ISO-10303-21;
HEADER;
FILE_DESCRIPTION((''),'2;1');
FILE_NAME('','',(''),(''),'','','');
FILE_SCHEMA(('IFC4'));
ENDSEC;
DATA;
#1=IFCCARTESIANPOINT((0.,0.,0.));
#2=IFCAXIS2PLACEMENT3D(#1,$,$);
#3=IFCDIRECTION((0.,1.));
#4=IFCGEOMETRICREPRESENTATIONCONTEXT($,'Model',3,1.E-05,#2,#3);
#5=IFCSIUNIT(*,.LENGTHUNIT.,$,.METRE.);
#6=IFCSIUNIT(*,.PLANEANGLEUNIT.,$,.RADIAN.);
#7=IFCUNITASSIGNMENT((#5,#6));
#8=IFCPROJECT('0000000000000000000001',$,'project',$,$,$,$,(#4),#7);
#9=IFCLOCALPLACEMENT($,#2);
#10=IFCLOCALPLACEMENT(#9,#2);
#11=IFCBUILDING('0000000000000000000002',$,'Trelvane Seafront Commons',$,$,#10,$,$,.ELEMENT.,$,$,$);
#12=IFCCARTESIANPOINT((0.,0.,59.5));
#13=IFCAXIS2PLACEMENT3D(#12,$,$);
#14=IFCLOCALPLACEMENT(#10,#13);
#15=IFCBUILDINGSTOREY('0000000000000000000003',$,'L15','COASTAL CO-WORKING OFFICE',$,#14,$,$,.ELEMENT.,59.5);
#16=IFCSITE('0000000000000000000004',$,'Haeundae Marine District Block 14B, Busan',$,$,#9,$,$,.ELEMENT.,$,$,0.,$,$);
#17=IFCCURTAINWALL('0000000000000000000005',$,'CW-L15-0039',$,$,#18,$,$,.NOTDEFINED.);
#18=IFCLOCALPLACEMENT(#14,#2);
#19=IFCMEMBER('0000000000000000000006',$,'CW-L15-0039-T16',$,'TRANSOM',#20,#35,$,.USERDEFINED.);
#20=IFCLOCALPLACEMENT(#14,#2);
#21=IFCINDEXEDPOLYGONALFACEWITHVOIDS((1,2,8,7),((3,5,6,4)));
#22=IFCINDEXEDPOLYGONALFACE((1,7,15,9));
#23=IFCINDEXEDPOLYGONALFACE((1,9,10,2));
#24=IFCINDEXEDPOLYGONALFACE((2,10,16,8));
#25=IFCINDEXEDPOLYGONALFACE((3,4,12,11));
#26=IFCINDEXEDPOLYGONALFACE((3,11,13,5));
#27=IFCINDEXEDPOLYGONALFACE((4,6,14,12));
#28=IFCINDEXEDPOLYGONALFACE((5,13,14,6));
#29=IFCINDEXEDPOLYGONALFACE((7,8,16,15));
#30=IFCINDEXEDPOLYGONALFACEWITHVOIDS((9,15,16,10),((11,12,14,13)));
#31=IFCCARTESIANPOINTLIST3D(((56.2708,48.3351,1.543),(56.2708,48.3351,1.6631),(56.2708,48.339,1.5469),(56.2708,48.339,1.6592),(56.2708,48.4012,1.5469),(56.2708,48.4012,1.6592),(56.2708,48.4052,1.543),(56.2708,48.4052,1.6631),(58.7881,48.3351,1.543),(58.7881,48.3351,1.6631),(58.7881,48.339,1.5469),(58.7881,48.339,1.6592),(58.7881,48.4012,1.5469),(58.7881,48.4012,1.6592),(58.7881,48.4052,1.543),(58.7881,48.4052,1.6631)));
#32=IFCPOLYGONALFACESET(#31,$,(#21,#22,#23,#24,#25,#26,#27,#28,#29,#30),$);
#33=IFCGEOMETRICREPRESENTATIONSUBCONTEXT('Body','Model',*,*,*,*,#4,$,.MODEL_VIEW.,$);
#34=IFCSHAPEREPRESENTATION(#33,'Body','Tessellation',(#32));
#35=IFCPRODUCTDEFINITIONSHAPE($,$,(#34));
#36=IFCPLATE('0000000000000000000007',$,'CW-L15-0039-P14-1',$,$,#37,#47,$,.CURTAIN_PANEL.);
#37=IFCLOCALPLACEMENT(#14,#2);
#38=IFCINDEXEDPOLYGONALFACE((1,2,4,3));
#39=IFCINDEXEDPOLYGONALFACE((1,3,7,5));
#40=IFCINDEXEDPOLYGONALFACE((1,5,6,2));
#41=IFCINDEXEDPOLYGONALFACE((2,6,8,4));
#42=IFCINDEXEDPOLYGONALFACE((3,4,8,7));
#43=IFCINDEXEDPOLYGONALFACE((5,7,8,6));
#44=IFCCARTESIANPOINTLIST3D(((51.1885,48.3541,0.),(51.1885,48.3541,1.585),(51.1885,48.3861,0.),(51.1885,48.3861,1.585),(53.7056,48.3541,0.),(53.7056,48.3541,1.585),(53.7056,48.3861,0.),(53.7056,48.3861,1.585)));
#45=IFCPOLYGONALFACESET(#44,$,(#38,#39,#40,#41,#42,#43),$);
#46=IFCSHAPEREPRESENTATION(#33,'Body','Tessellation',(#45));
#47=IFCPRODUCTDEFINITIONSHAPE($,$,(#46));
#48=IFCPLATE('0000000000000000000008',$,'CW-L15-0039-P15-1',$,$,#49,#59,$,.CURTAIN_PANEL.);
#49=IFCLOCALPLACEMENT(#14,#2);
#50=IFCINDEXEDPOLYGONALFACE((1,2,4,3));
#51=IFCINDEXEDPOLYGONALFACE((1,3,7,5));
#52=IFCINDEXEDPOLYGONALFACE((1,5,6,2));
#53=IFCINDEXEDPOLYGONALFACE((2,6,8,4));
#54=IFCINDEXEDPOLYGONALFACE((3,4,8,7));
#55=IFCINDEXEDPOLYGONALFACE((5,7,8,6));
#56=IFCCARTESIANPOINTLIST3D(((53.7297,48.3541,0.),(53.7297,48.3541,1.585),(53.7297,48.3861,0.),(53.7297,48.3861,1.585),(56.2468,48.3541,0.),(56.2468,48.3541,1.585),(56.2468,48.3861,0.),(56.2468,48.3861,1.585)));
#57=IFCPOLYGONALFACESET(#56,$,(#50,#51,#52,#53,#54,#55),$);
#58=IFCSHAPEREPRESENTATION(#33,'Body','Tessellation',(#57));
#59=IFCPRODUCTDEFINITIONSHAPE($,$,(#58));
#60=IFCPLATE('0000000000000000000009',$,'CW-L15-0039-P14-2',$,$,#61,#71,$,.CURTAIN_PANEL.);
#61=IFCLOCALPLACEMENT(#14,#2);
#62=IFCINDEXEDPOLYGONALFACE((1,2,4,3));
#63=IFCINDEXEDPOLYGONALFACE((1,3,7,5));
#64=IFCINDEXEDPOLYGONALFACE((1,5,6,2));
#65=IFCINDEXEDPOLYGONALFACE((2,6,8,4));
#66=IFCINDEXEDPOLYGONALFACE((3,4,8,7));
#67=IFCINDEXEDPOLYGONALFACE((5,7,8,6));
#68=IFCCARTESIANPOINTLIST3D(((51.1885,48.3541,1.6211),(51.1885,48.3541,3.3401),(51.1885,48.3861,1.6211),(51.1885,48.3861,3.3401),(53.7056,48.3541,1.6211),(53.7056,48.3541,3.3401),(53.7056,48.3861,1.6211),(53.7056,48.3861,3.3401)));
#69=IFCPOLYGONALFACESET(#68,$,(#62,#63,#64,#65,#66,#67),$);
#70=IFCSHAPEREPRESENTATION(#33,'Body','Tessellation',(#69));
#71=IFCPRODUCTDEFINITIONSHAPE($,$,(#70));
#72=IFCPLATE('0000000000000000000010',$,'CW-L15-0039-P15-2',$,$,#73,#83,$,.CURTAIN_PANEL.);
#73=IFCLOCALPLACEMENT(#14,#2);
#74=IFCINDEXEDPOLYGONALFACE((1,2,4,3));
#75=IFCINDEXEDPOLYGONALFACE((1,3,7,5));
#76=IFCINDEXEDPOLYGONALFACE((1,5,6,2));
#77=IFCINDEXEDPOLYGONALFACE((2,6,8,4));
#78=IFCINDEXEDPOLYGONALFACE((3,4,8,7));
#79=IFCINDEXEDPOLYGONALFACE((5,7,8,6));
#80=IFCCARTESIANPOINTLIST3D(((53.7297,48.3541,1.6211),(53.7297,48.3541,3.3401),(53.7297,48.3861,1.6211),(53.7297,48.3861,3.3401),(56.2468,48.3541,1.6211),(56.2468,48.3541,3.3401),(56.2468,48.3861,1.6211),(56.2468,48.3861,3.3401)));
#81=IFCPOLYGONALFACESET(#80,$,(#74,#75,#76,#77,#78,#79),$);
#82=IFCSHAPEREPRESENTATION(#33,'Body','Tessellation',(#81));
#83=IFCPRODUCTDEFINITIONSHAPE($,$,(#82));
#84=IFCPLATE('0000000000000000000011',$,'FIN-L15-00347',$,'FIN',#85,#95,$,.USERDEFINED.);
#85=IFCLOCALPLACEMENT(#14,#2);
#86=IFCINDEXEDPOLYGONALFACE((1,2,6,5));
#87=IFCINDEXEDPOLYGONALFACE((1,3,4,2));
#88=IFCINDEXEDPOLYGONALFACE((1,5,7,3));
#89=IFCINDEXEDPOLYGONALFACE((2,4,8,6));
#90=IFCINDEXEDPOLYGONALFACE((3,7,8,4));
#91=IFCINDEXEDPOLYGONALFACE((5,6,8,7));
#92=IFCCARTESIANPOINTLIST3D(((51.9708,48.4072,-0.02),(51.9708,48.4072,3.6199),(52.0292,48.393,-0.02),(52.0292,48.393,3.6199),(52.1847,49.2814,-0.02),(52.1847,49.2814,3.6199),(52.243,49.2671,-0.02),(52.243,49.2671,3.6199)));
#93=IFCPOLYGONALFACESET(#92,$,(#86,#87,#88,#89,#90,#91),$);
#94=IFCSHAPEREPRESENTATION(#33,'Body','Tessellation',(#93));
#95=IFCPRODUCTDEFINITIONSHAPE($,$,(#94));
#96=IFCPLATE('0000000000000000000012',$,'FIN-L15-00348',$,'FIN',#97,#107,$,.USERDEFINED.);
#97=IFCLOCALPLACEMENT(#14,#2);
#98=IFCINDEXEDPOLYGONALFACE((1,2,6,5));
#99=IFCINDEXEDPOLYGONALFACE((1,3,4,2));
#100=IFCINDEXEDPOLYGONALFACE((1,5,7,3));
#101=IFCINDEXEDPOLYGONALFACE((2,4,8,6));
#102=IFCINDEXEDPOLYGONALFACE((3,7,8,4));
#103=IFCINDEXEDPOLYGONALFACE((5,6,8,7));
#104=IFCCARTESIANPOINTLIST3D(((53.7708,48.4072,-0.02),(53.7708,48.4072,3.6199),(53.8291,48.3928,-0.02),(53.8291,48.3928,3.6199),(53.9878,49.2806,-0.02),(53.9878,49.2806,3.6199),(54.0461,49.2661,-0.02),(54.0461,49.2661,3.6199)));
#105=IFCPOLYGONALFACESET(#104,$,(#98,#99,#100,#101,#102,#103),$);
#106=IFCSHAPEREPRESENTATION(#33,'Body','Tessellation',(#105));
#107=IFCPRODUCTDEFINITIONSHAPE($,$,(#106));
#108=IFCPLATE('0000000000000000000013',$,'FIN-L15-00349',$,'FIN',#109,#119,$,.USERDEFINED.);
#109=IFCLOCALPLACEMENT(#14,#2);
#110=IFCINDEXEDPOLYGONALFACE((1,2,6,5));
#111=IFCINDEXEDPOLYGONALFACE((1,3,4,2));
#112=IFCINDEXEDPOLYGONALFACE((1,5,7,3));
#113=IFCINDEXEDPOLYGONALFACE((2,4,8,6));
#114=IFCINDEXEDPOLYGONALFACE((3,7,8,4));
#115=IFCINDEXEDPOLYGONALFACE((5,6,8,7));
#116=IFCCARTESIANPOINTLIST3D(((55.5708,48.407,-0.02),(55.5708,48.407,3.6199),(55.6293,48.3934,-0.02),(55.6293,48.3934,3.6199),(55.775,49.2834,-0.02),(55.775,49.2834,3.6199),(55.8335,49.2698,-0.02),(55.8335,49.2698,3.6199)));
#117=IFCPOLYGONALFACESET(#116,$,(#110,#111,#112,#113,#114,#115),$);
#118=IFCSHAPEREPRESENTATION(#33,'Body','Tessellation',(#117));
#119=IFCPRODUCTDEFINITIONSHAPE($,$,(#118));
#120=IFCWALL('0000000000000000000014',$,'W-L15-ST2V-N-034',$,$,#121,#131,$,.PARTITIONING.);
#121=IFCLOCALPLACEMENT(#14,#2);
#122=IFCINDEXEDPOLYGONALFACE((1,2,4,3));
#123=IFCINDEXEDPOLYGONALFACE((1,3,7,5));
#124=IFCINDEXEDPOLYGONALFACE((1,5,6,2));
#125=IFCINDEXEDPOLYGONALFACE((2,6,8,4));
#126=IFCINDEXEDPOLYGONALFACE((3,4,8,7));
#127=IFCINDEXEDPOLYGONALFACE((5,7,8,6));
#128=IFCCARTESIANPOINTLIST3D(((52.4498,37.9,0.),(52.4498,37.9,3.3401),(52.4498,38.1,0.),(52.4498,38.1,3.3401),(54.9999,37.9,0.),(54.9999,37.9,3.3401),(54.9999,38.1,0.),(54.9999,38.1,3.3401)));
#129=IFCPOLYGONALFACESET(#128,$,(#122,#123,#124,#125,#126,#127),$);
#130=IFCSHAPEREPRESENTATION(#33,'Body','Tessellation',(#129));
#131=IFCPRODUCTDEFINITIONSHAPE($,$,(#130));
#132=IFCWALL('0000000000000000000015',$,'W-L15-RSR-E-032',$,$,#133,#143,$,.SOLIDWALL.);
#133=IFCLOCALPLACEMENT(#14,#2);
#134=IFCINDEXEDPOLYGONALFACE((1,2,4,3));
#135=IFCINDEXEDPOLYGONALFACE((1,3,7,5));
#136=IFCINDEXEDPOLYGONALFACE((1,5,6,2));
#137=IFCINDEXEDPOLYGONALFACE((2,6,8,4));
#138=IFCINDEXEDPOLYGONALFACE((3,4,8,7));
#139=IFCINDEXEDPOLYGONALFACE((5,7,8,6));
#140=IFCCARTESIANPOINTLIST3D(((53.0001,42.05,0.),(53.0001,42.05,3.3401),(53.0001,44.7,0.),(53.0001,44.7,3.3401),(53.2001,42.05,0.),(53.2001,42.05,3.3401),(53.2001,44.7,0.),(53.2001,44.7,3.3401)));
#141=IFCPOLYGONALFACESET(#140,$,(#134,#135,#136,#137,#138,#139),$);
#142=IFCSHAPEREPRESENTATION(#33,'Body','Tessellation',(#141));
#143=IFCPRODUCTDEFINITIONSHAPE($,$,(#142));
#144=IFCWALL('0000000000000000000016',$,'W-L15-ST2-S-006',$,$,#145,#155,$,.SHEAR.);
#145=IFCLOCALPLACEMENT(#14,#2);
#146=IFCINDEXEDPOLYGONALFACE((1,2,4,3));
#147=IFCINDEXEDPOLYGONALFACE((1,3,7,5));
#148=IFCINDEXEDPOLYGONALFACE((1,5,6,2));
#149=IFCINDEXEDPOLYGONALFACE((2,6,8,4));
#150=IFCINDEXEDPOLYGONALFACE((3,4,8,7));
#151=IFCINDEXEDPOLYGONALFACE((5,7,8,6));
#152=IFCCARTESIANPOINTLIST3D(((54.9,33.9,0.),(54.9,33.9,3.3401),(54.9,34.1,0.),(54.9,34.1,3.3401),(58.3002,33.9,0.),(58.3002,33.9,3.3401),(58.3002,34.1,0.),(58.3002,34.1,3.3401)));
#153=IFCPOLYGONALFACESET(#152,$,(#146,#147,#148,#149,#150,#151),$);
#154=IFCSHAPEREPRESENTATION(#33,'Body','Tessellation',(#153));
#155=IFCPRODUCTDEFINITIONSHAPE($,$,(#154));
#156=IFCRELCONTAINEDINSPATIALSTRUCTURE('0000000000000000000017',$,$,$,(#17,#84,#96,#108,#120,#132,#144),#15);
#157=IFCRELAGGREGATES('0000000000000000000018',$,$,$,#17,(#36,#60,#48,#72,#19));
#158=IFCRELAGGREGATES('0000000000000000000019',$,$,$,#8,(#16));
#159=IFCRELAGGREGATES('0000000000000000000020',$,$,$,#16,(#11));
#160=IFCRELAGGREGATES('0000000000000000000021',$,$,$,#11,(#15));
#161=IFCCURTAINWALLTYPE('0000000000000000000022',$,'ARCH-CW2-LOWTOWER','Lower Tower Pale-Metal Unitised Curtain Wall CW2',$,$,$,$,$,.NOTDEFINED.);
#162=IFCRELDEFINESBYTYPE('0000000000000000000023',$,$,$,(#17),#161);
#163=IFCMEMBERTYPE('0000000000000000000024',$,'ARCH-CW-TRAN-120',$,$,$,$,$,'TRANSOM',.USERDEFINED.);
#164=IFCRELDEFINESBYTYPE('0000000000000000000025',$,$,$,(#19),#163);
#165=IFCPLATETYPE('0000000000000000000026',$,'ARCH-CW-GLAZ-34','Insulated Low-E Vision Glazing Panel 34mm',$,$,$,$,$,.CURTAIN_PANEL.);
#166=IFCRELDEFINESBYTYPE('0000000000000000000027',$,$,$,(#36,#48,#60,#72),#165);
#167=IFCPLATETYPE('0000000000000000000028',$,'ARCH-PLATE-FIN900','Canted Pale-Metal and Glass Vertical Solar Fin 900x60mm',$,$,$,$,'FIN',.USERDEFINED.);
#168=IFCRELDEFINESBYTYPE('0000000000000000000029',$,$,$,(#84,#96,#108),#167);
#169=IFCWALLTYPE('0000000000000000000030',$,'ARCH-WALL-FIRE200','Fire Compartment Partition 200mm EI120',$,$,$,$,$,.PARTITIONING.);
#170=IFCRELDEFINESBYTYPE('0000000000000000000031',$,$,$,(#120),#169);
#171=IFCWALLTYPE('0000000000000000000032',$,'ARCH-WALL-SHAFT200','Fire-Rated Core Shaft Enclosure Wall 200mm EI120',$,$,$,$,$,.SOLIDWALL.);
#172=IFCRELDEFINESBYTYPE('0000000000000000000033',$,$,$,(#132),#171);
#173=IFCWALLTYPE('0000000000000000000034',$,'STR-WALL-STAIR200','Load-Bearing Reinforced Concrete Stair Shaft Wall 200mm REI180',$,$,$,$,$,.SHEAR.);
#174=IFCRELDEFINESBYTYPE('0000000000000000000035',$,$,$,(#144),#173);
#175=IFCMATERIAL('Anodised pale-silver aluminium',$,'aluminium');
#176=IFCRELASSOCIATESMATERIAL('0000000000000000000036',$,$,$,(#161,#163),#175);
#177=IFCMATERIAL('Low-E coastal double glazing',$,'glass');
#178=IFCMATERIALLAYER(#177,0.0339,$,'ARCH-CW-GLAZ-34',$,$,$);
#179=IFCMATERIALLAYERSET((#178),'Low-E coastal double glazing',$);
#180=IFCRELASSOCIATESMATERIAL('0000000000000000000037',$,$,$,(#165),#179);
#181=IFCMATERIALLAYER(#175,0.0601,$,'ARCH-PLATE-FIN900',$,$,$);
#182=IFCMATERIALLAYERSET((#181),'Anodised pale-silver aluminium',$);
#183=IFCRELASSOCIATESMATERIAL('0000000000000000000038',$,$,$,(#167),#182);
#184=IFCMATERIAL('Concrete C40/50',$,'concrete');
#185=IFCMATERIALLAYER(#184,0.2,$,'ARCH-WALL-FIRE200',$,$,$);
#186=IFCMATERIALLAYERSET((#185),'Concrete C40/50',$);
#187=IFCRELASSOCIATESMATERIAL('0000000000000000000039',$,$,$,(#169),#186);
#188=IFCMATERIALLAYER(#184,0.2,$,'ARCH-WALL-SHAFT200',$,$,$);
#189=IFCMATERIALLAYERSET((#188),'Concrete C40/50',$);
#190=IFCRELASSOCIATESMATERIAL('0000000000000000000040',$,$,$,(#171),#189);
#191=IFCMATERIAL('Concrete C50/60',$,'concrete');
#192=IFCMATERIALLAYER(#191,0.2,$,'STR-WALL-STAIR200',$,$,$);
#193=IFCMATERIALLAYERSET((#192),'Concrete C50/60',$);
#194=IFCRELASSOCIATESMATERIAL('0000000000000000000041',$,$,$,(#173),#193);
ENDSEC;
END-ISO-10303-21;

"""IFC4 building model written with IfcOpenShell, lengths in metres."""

from ifc_helpers import new_model, si_unit, direction, frame, frame_2d, origin, origin_2d, place, context, subcontext, project, spatial, rectangle, hollow_rectangle, extrude, source, transform, mapped, material, layer, layer_set, material_profile, profile_set, type_object, element, aggregate, save


model = new_model("IFC4")

# Units and contexts
model_context = context("Model", 3, precision=1e-05, world=origin(), true_north=direction((0.0, 1.0)))
body_context = subcontext(model_context, "Body", "Model", "MODEL_VIEW")
ifc_project = project(units=[si_unit("LENGTHUNIT", "METRE"), si_unit("PLANEANGLEUNIT", "RADIAN")], contexts=[model_context])

# Site, building, storey
site_placement = place(None, origin())
site = spatial("IfcSite", under=ifc_project, at=site_placement, Name="Haeundae Marine District Block 14B, Busan", CompositionType="ELEMENT", RefElevation=0.0)
building_placement = place(site_placement, origin())
building = spatial("IfcBuilding", under=site, at=building_placement, Name="Trelvane Seafront Commons", CompositionType="ELEMENT")
storey_placement = place(building_placement, frame((0.0, 0.0, 59.5)))
storey = spatial("IfcBuildingStorey", under=building, at=storey_placement, Name="L15", Description="COASTAL CO-WORKING OFFICE", CompositionType="ELEMENT", Elevation=59.5)

# Curtain wall, member, plates
ifc_material_1 = material(Name="Anodised pale-silver aluminium", Category="aluminium")
curtain_wall_type = type_object("IfcCurtainWallType", Name="ARCH-CW2-LOWTOWER", Description="Lower Tower Pale-Metal Unitised Curtain Wall CW2", PredefinedType="NOTDEFINED", material=ifc_material_1)
curtain_wall_placement = place(storey_placement, origin())
curtain_wall = element("IfcCurtainWall", 1, at=curtain_wall_placement, inside=storey, type_object=curtain_wall_type, Name="CW-L15-0039", PredefinedType="NOTDEFINED")
ifc_material_profile_1 = material_profile(ifc_material_1, hollow_rectangle(XDim=0.0701, YDim=0.1201, WallThickness=0.0039, at=origin_2d()), Name="TRAN-70x120x4")
ifc_profile_set_1 = profile_set([ifc_material_profile_1], Name="Anodised pale-silver aluminium")
member_type_1 = type_object("IfcMemberType", Name="ARCH-CW-TRAN-120", ElementType="TRANSOM", PredefinedType="USERDEFINED", material=ifc_profile_set_1)
shared_shape_1 = source(origin(), body_context, "Body", "SweptSolid", [
    extrude(hollow_rectangle(XDim=0.0701, YDim=0.1201, WallThickness=0.0039, at=origin_2d()), origin(), (0.0, 0.0, 1.0), 2.5173),
])
member_1_placement = place(storey_placement, frame((56.2708, 48.3701, 1.603), z_axis=(1.0, 0.0, 0.0), x_axis=(0.0, 1.0, 0.0)))
member_1 = element("IfcMember", 2, at=member_1_placement, type_object=member_type_1, Name="CW-L15-0039-T16", ObjectType="TRANSOM", PredefinedType="USERDEFINED", context=body_context, shape_type="MappedRepresentation", body=[
    mapped(shared_shape_1, transform((0.0, 0.0, 0.0), x_axis=(1.0, 0.0, 0.0), y_axis=(0.0, 1.0, 0.0), z_axis=(0.0, 0.0, 1.0), scale=1.0)),
])
ifc_material_2 = material(Name="Low-E coastal double glazing", Category="glass")
ifc_layer_1 = layer(ifc_material_2, 0.0339, Name="ARCH-CW-GLAZ-34")
ifc_layer_set_1 = layer_set([ifc_layer_1], Name="Low-E coastal double glazing")
plate_type_1 = type_object("IfcPlateType", Name="ARCH-CW-GLAZ-34", Description="Insulated Low-E Vision Glazing Panel 34mm", PredefinedType="CURTAIN_PANEL", material=ifc_layer_set_1)
shared_shape_2 = source(origin(), body_context, "Body", "SweptSolid", [
    extrude(rectangle(XDim=2.5171, YDim=0.032, at=origin_2d()), origin(), (0.0, 0.0, 1.0), 1.585),
])
plate_1_placement = place(storey_placement, frame((52.447, 48.3701, 0.0), z_axis=(0.0, 0.0, 1.0), x_axis=(1.0, 0.0, 0.0)))
plate_1 = element("IfcPlate", 3, at=plate_1_placement, type_object=plate_type_1, Name="CW-L15-0039-P14-1", PredefinedType="CURTAIN_PANEL", context=body_context, shape_type="MappedRepresentation", body=[
    mapped(shared_shape_2, transform((0.0, 0.0, 0.0), x_axis=(1.0, 0.0, 0.0), y_axis=(0.0, 1.0, 0.0), z_axis=(0.0, 0.0, 1.0), scale=1.0)),
])
plate_2_placement = place(storey_placement, frame((54.9883, 48.3701, 0.0), z_axis=(0.0, 0.0, 1.0), x_axis=(1.0, 0.0, 0.0)))
plate_2 = element("IfcPlate", 4, at=plate_2_placement, type_object=plate_type_1, Name="CW-L15-0039-P15-1", PredefinedType="CURTAIN_PANEL", context=body_context, shape_type="MappedRepresentation", body=[
    mapped(shared_shape_2, transform((0.0, 0.0, 0.0), x_axis=(1.0, 0.0, 0.0), y_axis=(0.0, 1.0, 0.0), z_axis=(0.0, 0.0, 1.0), scale=1.0)),
])
shared_shape_3 = source(origin(), body_context, "Body", "SweptSolid", [
    extrude(rectangle(XDim=2.5171, YDim=0.032, at=origin_2d()), origin(), (0.0, 0.0, 1.0), 1.719),
])
plate_3_placement = place(storey_placement, frame((52.447, 48.3701, 1.6211), z_axis=(0.0, 0.0, 1.0), x_axis=(1.0, 0.0, 0.0)))
plate_3 = element("IfcPlate", 5, at=plate_3_placement, type_object=plate_type_1, Name="CW-L15-0039-P14-2", PredefinedType="CURTAIN_PANEL", context=body_context, shape_type="MappedRepresentation", body=[
    mapped(shared_shape_3, transform((0.0, 0.0, 0.0), x_axis=(1.0, 0.0, 0.0), y_axis=(0.0, 1.0, 0.0), z_axis=(0.0, 0.0, 1.0), scale=1.0)),
])
plate_4_placement = place(storey_placement, frame((54.9883, 48.3701, 1.6211), z_axis=(0.0, 0.0, 1.0), x_axis=(1.0, 0.0, 0.0)))
plate_4 = element("IfcPlate", 6, at=plate_4_placement, type_object=plate_type_1, Name="CW-L15-0039-P15-2", PredefinedType="CURTAIN_PANEL", context=body_context, shape_type="MappedRepresentation", body=[
    mapped(shared_shape_3, transform((0.0, 0.0, 0.0), x_axis=(1.0, 0.0, 0.0), y_axis=(0.0, 1.0, 0.0), z_axis=(0.0, 0.0, 1.0), scale=1.0)),
])
aggregate(curtain_wall, [plate_1, plate_3, plate_2, plate_4, member_1])

# Plates
ifc_layer_2 = layer(ifc_material_1, 0.0601, Name="ARCH-PLATE-FIN900")
ifc_layer_set_2 = layer_set([ifc_layer_2], Name="Anodised pale-silver aluminium")
plate_type_2 = type_object("IfcPlateType", Name="ARCH-PLATE-FIN900", Description="Canted Pale-Metal and Glass Vertical Solar Fin 900x60mm", ElementType="FIN", PredefinedType="USERDEFINED", material=ifc_layer_set_2)
shared_shape_4 = source(origin(), body_context, "Body", "SweptSolid", [
    extrude(rectangle(XDim=0.8999, YDim=0.0601, at=origin_2d()), origin(), (0.0, 0.0, 1.0), 3.6399),
])
for number, where, z_axis, x_axis, name in (
    (7, (52.1069, 48.8372, -0.02), (0.0, 0.0, 1.0), (0.237669, 0.971346, 0.0), "FIN-L15-00347"),
    (8, (53.9084, 48.8367, -0.02), (0.0, 0.0, 1.0), (0.241124, 0.970494, 0.0), "FIN-L15-00348"),
    (9, (55.7021, 48.8384, -0.02), (0.0, 0.0, 1.0), (0.227001, 0.973894, 0.0), "FIN-L15-00349"),
):
    element("IfcPlate", number, at=place(storey_placement, frame(where, z_axis=z_axis, x_axis=x_axis)), inside=storey, type_object=plate_type_2, Name=name, ObjectType="FIN", PredefinedType="USERDEFINED", context=body_context, shape_type="MappedRepresentation", body=[
        mapped(shared_shape_4, transform((0.0, 0.0, 0.0), x_axis=(1.0, 0.0, 0.0), y_axis=(0.0, 1.0, 0.0), z_axis=(0.0, 0.0, 1.0), scale=1.0)),
    ])

# Walls
ifc_material_3 = material(Name="Concrete C40/50", Category="concrete")
ifc_layer_3 = layer(ifc_material_3, 0.2, Name="ARCH-WALL-FIRE200")
ifc_layer_set_3 = layer_set([ifc_layer_3], Name="Concrete C40/50")
wall_type_1 = type_object("IfcWallType", Name="ARCH-WALL-FIRE200", Description="Fire Compartment Partition 200mm EI120", PredefinedType="PARTITIONING", material=ifc_layer_set_3)
wall_1_placement = place(storey_placement, frame((52.45, 38.0, 0.0), z_axis=(0.0, 0.0, 1.0), x_axis=(1.0, 0.0, 0.0)))
element("IfcWall", 10, at=wall_1_placement, inside=storey, type_object=wall_type_1, Name="W-L15-ST2V-N-034", PredefinedType="PARTITIONING", context=body_context, shape_type="SweptSolid", body=[
    extrude(rectangle(XDim=2.55, YDim=0.2, at=frame_2d((1.2749, 0.0))), origin(), (0.0, 0.0, 1.0), 3.3401),
])
ifc_layer_4 = layer(ifc_material_3, 0.2, Name="ARCH-WALL-SHAFT200")
ifc_layer_set_4 = layer_set([ifc_layer_4], Name="Concrete C40/50")
wall_type_2 = type_object("IfcWallType", Name="ARCH-WALL-SHAFT200", Description="Fire-Rated Core Shaft Enclosure Wall 200mm EI120", PredefinedType="SOLIDWALL", material=ifc_layer_set_4)
wall_2_placement = place(storey_placement, frame((53.1001, 42.05, 0.0), z_axis=(0.0, 0.0, 1.0), x_axis=(0.0, 1.0, 0.0)))
element("IfcWall", 11, at=wall_2_placement, inside=storey, type_object=wall_type_2, Name="W-L15-RSR-E-032", PredefinedType="SOLIDWALL", context=body_context, shape_type="SweptSolid", body=[
    extrude(rectangle(XDim=2.6499, YDim=0.2, at=frame_2d((1.325, 0.0))), origin(), (0.0, 0.0, 1.0), 3.3401),
])
ifc_material_4 = material(Name="Concrete C50/60", Category="concrete")
ifc_layer_5 = layer(ifc_material_4, 0.2, Name="STR-WALL-STAIR200")
ifc_layer_set_5 = layer_set([ifc_layer_5], Name="Concrete C50/60")
wall_type_3 = type_object("IfcWallType", Name="STR-WALL-STAIR200", Description="Load-Bearing Reinforced Concrete Stair Shaft Wall 200mm REI180", PredefinedType="SHEAR", material=ifc_layer_set_5)
wall_3_placement = place(storey_placement, frame((54.8999, 34.0, 0.0), z_axis=(0.0, 0.0, 1.0), x_axis=(1.0, 0.0, 0.0)))
element("IfcWall", 12, at=wall_3_placement, inside=storey, type_object=wall_type_3, Name="W-L15-ST2-S-006", PredefinedType="SHEAR", context=body_context, shape_type="SweptSolid", body=[
    extrude(rectangle(XDim=3.4001, YDim=0.2, at=frame_2d((1.7002, 0.0))), origin(), (0.0, 0.0, 1.0), 3.3401),
])

save(model, "model.ifc")
